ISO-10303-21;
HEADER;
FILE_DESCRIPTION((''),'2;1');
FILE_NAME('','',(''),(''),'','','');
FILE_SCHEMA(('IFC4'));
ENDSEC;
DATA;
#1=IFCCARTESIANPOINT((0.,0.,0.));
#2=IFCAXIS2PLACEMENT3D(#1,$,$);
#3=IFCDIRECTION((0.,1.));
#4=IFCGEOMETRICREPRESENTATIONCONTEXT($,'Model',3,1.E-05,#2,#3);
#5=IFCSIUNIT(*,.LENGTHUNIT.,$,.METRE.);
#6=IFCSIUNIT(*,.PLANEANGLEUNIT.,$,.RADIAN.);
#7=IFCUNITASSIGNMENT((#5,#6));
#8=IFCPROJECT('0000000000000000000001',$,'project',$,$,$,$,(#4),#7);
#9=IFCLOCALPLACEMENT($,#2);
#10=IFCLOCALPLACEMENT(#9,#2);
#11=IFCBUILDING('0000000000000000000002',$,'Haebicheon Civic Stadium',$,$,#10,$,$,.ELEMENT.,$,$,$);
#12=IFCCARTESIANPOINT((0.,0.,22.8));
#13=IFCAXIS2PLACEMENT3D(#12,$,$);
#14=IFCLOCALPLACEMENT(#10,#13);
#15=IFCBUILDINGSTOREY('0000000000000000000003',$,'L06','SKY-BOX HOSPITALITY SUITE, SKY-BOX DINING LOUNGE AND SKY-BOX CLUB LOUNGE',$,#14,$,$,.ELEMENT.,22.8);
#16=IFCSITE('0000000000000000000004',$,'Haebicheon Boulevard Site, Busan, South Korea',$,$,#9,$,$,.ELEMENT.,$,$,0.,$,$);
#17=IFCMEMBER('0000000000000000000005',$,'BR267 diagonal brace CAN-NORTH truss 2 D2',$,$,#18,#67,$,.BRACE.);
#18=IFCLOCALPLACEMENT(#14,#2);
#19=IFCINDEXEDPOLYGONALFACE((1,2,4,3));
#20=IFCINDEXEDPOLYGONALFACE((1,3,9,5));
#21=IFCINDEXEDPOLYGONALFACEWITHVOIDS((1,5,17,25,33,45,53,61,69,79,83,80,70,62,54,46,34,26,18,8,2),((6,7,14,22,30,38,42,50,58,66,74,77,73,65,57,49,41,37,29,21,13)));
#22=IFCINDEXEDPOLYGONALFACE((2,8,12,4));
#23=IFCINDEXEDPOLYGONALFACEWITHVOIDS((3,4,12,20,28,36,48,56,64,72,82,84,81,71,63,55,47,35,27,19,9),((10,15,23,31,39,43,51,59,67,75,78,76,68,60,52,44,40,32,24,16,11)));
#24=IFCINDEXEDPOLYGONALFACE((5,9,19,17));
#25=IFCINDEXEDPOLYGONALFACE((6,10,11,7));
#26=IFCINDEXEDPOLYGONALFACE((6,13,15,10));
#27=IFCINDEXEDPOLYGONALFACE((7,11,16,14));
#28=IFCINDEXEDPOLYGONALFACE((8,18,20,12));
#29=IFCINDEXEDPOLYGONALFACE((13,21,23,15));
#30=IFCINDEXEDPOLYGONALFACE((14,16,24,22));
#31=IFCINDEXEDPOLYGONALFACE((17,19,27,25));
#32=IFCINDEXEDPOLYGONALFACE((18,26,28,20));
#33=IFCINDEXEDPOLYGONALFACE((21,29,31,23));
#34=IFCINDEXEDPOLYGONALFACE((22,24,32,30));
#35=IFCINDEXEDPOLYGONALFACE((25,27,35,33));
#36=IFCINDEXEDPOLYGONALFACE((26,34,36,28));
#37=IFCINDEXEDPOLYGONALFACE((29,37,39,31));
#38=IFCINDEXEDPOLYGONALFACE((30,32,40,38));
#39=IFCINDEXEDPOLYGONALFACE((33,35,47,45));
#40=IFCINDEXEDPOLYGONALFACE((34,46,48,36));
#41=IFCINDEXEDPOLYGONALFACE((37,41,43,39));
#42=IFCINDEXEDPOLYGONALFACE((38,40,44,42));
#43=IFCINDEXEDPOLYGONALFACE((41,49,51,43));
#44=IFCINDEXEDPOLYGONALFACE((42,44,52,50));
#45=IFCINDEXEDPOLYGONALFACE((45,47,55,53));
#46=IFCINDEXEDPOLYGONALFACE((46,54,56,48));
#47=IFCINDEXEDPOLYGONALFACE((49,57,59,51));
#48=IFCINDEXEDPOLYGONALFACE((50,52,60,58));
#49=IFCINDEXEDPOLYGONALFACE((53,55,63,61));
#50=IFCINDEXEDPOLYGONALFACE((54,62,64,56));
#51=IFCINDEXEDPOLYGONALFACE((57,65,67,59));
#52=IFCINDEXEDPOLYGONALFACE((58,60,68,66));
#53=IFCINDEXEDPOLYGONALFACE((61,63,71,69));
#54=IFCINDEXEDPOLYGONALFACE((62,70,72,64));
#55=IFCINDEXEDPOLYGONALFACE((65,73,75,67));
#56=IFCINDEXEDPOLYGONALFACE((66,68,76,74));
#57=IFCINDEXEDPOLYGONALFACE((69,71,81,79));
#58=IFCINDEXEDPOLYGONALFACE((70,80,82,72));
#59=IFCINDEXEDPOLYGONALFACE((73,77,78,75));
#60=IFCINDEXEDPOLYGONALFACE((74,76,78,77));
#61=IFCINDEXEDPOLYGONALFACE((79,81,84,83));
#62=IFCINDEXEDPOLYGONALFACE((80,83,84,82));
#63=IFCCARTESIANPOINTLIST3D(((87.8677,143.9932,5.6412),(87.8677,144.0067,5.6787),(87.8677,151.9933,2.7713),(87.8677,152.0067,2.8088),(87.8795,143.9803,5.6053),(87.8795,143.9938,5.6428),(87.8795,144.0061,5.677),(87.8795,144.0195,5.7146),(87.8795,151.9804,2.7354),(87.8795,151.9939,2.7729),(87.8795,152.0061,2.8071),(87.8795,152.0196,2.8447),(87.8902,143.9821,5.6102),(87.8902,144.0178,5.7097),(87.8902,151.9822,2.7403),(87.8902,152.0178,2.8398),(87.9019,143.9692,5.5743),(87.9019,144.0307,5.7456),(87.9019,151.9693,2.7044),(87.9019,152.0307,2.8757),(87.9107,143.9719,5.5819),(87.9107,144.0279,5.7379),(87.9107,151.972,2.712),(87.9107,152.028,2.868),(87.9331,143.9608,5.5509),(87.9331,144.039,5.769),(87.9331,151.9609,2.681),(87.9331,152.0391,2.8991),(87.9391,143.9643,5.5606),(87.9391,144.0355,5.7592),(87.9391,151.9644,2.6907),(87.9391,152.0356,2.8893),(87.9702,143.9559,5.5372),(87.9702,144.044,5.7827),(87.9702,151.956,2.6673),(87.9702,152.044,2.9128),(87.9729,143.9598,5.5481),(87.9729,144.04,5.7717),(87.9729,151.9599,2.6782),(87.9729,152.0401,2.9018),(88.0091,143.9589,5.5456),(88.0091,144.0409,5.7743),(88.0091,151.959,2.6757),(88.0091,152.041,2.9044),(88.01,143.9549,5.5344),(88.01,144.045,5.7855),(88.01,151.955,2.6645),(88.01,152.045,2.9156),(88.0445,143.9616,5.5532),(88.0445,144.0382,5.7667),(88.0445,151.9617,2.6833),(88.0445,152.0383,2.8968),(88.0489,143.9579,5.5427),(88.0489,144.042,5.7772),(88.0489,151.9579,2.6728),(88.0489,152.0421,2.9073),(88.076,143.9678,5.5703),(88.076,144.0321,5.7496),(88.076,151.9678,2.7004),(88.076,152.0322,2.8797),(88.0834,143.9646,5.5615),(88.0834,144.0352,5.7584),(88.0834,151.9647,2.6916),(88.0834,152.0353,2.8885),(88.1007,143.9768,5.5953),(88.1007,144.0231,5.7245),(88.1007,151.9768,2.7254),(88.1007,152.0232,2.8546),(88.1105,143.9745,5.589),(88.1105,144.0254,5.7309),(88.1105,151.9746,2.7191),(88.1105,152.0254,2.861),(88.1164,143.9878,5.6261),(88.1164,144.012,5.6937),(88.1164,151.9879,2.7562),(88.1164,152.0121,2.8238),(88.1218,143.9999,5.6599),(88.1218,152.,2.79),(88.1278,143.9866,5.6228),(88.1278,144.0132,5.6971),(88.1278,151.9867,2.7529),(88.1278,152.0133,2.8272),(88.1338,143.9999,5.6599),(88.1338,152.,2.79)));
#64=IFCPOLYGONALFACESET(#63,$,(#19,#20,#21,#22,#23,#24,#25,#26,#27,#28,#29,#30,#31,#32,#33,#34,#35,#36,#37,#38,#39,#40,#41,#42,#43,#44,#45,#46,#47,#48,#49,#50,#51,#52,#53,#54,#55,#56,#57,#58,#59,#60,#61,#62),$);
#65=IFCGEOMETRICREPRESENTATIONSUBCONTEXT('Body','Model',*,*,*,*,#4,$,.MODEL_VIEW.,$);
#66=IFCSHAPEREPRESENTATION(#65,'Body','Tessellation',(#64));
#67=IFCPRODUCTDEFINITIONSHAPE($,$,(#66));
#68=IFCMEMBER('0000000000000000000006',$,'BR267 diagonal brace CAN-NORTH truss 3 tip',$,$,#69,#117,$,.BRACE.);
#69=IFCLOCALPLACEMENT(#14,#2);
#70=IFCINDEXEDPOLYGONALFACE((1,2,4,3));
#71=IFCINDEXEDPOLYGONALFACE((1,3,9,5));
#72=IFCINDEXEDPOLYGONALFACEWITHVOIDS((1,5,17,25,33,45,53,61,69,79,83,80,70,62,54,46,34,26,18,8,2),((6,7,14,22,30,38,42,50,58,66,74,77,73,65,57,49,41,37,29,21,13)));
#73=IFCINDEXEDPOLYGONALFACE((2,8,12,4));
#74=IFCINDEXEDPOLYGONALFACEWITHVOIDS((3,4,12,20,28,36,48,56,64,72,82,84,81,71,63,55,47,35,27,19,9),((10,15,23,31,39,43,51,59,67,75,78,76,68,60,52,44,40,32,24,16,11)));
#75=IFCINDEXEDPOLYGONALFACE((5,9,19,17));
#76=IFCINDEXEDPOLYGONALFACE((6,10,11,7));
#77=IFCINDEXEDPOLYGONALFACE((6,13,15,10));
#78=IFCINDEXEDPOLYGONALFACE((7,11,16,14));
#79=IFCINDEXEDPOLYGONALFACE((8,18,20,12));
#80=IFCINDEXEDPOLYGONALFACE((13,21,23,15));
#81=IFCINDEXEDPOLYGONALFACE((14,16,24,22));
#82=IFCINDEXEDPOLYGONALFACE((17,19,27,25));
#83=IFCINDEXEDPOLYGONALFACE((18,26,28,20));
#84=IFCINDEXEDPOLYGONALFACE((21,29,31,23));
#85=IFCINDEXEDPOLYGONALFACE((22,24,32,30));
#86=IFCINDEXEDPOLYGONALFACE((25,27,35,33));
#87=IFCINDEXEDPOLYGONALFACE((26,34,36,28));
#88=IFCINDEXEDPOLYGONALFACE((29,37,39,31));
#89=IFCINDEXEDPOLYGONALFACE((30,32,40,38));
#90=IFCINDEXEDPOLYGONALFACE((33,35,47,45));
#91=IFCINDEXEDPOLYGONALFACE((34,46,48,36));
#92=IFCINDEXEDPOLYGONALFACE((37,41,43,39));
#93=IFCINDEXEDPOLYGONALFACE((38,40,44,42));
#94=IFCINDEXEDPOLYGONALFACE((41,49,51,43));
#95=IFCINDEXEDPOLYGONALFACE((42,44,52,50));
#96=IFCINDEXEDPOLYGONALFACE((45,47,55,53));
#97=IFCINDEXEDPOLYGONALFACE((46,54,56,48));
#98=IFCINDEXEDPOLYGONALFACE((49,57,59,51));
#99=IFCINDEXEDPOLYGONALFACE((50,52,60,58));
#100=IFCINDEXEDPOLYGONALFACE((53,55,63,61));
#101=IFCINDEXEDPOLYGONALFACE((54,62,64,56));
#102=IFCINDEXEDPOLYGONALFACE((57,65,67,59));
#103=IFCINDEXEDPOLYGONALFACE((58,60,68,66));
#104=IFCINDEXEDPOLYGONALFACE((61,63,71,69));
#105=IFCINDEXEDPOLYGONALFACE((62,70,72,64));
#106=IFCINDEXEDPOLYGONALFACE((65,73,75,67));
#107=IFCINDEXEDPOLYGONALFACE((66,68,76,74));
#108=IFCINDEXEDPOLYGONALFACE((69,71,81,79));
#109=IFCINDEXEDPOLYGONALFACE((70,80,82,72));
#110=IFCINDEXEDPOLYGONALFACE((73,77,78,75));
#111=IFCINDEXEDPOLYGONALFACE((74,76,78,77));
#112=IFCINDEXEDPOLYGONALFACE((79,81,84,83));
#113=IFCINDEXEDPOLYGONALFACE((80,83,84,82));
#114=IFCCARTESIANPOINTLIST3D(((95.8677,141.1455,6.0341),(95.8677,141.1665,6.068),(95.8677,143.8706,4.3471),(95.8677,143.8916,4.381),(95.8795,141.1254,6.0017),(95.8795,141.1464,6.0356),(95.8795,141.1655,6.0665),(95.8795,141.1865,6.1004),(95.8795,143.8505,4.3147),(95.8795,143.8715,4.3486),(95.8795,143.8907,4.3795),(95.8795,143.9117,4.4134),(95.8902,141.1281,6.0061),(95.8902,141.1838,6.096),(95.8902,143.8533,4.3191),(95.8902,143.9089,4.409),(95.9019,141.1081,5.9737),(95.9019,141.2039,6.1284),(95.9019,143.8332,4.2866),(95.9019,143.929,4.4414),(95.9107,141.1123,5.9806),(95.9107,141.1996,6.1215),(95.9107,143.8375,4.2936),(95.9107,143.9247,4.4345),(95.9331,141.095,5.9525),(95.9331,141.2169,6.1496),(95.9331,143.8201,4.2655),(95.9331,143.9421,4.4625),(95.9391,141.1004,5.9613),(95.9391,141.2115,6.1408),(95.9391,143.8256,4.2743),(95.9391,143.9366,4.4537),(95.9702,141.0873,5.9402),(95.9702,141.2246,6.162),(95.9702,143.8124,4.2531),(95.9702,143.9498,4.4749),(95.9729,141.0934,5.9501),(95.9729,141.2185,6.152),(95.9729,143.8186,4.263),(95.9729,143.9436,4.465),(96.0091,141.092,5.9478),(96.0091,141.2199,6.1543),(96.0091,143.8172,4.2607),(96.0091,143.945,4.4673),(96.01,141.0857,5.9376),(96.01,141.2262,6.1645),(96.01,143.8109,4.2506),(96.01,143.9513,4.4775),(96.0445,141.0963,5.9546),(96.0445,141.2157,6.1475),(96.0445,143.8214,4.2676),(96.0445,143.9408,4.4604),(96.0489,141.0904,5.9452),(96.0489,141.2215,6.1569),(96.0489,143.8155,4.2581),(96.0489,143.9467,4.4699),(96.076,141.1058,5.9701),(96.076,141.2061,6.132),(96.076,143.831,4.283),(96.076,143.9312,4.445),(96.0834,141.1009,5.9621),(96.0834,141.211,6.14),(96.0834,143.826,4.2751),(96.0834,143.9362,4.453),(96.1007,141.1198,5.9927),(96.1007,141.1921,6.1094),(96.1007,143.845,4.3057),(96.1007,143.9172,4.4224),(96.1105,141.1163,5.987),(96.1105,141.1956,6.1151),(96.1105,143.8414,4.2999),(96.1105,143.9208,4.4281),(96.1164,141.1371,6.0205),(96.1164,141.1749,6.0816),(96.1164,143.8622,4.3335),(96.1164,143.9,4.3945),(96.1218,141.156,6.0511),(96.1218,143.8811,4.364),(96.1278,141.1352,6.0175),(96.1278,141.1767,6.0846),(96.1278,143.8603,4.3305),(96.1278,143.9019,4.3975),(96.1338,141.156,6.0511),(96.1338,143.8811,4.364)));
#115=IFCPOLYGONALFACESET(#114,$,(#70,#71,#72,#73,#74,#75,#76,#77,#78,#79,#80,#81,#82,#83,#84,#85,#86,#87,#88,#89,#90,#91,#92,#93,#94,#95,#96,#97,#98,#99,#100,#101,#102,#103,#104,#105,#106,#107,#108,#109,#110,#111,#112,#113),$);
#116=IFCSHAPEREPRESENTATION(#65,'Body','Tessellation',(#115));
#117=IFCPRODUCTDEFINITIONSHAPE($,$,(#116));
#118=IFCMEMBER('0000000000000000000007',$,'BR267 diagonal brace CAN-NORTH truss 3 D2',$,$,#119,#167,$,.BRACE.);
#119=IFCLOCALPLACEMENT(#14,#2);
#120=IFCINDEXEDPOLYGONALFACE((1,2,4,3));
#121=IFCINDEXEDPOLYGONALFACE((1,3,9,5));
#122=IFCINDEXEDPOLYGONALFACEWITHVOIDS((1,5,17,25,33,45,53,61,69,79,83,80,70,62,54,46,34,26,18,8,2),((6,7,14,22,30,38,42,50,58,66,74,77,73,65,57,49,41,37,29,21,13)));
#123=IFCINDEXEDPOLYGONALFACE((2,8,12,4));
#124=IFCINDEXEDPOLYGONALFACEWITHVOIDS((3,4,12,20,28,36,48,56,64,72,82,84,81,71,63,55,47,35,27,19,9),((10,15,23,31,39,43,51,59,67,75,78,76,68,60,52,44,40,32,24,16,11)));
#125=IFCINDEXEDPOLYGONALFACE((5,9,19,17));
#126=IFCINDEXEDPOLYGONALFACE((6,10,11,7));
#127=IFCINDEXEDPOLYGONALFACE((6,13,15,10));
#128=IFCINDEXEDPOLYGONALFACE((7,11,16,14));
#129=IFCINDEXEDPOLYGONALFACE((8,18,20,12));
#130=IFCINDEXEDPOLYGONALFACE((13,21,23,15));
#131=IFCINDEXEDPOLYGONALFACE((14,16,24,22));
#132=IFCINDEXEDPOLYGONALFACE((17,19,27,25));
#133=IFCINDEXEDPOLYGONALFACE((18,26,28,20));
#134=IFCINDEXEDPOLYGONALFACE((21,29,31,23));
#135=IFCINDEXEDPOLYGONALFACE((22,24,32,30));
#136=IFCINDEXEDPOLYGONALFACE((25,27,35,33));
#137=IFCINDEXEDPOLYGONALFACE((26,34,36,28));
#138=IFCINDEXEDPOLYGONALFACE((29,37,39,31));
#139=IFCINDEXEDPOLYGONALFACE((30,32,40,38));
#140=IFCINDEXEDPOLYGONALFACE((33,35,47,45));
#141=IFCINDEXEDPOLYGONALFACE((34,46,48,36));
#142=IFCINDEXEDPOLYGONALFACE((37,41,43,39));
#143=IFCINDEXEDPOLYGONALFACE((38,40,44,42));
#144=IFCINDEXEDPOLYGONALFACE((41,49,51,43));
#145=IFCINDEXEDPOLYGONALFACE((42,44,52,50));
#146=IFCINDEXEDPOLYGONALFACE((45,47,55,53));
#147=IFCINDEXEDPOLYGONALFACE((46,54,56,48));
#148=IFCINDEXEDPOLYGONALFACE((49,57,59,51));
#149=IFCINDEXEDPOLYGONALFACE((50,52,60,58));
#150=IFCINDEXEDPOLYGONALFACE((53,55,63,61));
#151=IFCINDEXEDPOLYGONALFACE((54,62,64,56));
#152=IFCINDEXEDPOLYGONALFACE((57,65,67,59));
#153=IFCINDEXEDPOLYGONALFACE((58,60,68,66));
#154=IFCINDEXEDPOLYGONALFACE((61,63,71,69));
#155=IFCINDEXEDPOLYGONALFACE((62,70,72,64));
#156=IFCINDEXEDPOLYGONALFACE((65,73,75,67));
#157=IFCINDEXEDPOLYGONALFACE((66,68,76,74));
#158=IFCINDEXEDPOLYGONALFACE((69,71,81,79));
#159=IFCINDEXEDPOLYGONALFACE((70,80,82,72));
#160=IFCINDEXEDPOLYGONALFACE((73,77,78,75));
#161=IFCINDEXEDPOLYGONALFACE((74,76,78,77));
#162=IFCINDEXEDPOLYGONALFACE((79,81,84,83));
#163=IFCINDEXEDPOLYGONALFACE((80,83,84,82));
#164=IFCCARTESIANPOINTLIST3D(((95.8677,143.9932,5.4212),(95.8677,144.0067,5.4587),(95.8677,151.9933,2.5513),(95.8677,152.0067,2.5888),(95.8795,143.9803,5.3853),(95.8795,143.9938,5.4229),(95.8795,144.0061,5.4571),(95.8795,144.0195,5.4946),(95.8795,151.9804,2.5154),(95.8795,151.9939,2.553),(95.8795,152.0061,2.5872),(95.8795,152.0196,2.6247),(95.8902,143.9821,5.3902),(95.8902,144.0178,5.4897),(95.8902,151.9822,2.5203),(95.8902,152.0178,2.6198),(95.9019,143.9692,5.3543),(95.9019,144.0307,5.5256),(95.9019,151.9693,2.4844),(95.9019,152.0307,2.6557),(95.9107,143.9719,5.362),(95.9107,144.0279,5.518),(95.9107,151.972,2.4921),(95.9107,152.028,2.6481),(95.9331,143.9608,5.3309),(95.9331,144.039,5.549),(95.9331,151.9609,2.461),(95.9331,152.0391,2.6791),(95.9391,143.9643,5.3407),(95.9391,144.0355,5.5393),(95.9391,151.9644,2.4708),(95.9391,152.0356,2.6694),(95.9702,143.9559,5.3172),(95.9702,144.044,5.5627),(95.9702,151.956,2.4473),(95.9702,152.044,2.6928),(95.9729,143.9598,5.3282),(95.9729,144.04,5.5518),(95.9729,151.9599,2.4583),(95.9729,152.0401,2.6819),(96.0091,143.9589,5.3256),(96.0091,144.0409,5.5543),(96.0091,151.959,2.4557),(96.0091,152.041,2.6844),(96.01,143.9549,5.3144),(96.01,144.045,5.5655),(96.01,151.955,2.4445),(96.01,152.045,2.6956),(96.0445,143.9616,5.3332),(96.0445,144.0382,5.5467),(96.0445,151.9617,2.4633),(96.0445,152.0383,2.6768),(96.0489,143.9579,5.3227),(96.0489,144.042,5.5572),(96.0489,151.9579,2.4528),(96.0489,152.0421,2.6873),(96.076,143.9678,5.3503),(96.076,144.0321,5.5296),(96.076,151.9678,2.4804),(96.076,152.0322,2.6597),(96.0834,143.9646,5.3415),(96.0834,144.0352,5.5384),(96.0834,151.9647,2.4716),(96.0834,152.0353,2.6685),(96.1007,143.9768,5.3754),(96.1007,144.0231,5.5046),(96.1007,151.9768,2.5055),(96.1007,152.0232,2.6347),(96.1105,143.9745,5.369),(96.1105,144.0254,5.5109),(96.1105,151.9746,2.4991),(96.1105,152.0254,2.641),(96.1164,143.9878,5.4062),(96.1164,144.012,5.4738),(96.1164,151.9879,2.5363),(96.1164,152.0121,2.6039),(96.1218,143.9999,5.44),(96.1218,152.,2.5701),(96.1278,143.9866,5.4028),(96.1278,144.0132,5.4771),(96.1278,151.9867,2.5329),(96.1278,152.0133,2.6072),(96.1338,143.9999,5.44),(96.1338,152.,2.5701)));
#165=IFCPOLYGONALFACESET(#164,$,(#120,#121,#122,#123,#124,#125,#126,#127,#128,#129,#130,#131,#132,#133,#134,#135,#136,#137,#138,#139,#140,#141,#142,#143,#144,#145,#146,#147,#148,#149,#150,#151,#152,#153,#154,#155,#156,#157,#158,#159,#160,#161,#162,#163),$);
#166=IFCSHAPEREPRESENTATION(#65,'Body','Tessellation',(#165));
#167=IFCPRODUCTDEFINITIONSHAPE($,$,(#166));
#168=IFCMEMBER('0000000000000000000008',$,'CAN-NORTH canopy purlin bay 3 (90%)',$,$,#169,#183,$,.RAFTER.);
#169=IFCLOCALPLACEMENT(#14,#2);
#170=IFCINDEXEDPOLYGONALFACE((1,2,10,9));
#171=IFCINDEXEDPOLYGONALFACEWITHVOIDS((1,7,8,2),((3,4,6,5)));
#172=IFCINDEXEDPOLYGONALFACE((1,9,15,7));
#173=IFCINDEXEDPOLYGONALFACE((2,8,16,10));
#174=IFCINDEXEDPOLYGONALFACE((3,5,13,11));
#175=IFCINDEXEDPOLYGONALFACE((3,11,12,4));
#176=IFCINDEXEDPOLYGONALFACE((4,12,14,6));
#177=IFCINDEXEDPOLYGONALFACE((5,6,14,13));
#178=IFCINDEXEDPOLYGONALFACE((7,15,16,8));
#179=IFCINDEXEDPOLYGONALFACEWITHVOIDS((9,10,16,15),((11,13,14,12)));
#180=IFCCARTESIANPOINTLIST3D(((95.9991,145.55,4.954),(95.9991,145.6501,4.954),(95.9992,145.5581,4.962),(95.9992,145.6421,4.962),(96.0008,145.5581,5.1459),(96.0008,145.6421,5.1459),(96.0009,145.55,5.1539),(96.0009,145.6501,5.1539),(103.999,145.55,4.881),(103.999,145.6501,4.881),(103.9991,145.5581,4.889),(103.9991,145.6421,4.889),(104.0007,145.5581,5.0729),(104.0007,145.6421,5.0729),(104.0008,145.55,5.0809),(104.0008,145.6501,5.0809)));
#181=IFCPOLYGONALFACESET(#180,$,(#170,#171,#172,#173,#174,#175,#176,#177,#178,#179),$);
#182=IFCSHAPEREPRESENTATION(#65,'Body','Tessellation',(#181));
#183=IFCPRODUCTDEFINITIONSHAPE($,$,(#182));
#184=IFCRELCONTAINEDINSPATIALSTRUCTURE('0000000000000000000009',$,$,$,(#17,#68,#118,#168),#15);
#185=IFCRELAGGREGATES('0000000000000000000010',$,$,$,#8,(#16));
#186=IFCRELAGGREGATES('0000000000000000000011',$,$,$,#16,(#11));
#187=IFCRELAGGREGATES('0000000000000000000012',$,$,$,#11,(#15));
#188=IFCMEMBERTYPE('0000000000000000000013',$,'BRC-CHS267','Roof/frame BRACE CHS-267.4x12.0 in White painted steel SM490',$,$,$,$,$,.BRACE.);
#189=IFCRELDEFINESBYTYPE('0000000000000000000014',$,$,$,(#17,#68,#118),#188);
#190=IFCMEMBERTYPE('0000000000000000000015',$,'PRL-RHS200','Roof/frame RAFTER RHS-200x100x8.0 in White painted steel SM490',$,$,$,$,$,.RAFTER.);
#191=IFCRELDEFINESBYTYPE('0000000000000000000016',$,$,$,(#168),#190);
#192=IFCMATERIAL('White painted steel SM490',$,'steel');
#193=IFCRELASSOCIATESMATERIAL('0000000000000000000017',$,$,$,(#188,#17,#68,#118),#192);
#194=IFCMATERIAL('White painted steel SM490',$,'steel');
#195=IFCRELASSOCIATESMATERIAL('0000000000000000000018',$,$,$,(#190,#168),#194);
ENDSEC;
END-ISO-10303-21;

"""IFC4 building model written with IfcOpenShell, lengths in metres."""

from ifc_helpers import new_model, si_unit, direction, frame, origin, origin_2d, place, context, subcontext, project, spatial, hollow_rectangle, hollow_circle, extrude, material, material_profile, profile_set, type_object, element, save


model = new_model("IFC4")

# Units and contexts
model_context = context("Model", 3, precision=1e-05, world=origin(), true_north=direction((0.0, 1.0)))
body_context = subcontext(model_context, "Body", "Model", "MODEL_VIEW")
ifc_project = project(units=[si_unit("LENGTHUNIT", "METRE"), si_unit("PLANEANGLEUNIT", "RADIAN")], contexts=[model_context])

# Site, building, storey
site_placement = place(None, origin())
site = spatial("IfcSite", under=ifc_project, at=site_placement, Name="Haebicheon Boulevard Site, Busan, South Korea", CompositionType="ELEMENT", RefElevation=0.0)
building_placement = place(site_placement, origin())
building = spatial("IfcBuilding", under=site, at=building_placement, Name="Haebicheon Civic Stadium", CompositionType="ELEMENT")
storey_placement = place(building_placement, frame((0.0, 0.0, 22.8)))
storey = spatial("IfcBuildingStorey", under=building, at=storey_placement, Name="L06", Description="SKY-BOX HOSPITALITY SUITE, SKY-BOX DINING LOUNGE AND SKY-BOX CLUB LOUNGE", CompositionType="ELEMENT", Elevation=22.8)

# Members
ifc_material_1 = material(Name="White painted steel SM490", Category="steel")
ifc_material_profile_1 = material_profile(ifc_material_1, hollow_circle(Radius=0.1338, WallThickness=0.012, at=origin_2d()), Name="CHS-267.4x12.0")
ifc_profile_set_1 = profile_set([ifc_material_profile_1], Name="White painted steel SM490")
member_type_1 = type_object("IfcMemberType", Name="BRC-CHS267", Description="Roof/frame BRACE CHS-267.4x12.0 in White painted steel SM490", PredefinedType="BRACE", material=ifc_profile_set_1)
member_1_placement = place(storey_placement, frame((88.0, 152.0, 2.79), z_axis=(0.0, -0.941267, 0.337664), x_axis=(1.0, 0.0, 0.0)))
element("IfcMember", 1, at=member_1_placement, inside=storey, type_object=member_type_1, material=ifc_profile_set_1, Name="BR267 diagonal brace CAN-NORTH truss 2 D2", PredefinedType="BRACE", context=body_context, shape_type="SweptSolid", body=[
    extrude(hollow_circle(Radius=0.1338, WallThickness=0.012, at=origin_2d()), origin(), (0.0, 0.0, 1.0), 8.4993),
])
member_2_placement = place(storey_placement, frame((96.0, 143.8811, 4.364), z_axis=(0.0, -0.850259, 0.526365), x_axis=(1.0, 0.0, 0.0)))
element("IfcMember", 2, at=member_2_placement, inside=storey, type_object=member_type_1, material=ifc_profile_set_1, Name="BR267 diagonal brace CAN-NORTH truss 3 tip", PredefinedType="BRACE", context=body_context, shape_type="SweptSolid", body=[
    extrude(hollow_circle(Radius=0.1338, WallThickness=0.012, at=origin_2d()), origin(), (0.0, 0.0, 1.0), 3.2051),
])
member_3_placement = place(storey_placement, frame((96.0, 152.0, 2.5701), z_axis=(0.0, -0.941267, 0.337664), x_axis=(1.0, 0.0, 0.0)))
element("IfcMember", 3, at=member_3_placement, inside=storey, type_object=member_type_1, material=ifc_profile_set_1, Name="BR267 diagonal brace CAN-NORTH truss 3 D2", PredefinedType="BRACE", context=body_context, shape_type="SweptSolid", body=[
    extrude(hollow_circle(Radius=0.1338, WallThickness=0.012, at=origin_2d()), origin(), (0.0, 0.0, 1.0), 8.4993),
])
ifc_material_2 = material(Name="White painted steel SM490", Category="steel")
ifc_material_profile_2 = material_profile(ifc_material_2, hollow_rectangle(XDim=0.1001, YDim=0.2, WallThickness=0.0081, at=origin_2d()), Name="RHS-200x100x8.0")
ifc_profile_set_2 = profile_set([ifc_material_profile_2], Name="White painted steel SM490")
member_type_2 = type_object("IfcMemberType", Name="PRL-RHS200", Description="Roof/frame RAFTER RHS-200x100x8.0 in White painted steel SM490", PredefinedType="RAFTER", material=ifc_profile_set_2)
member_4_placement = place(storey_placement, frame((96.0, 145.6001, 5.054), z_axis=(0.999958, 0.0, -0.009124), x_axis=(0.0, 1.0, 0.0)))
element("IfcMember", 4, at=member_4_placement, inside=storey, type_object=member_type_2, material=ifc_profile_set_2, Name="CAN-NORTH canopy purlin bay 3 (90%)", PredefinedType="RAFTER", context=body_context, shape_type="SweptSolid", body=[
    extrude(hollow_rectangle(XDim=0.1001, YDim=0.2, WallThickness=0.0081, at=origin_2d()), origin(), (0.0, 0.0, 1.0), 8.0002),
])

save(model, "model.ifc")
